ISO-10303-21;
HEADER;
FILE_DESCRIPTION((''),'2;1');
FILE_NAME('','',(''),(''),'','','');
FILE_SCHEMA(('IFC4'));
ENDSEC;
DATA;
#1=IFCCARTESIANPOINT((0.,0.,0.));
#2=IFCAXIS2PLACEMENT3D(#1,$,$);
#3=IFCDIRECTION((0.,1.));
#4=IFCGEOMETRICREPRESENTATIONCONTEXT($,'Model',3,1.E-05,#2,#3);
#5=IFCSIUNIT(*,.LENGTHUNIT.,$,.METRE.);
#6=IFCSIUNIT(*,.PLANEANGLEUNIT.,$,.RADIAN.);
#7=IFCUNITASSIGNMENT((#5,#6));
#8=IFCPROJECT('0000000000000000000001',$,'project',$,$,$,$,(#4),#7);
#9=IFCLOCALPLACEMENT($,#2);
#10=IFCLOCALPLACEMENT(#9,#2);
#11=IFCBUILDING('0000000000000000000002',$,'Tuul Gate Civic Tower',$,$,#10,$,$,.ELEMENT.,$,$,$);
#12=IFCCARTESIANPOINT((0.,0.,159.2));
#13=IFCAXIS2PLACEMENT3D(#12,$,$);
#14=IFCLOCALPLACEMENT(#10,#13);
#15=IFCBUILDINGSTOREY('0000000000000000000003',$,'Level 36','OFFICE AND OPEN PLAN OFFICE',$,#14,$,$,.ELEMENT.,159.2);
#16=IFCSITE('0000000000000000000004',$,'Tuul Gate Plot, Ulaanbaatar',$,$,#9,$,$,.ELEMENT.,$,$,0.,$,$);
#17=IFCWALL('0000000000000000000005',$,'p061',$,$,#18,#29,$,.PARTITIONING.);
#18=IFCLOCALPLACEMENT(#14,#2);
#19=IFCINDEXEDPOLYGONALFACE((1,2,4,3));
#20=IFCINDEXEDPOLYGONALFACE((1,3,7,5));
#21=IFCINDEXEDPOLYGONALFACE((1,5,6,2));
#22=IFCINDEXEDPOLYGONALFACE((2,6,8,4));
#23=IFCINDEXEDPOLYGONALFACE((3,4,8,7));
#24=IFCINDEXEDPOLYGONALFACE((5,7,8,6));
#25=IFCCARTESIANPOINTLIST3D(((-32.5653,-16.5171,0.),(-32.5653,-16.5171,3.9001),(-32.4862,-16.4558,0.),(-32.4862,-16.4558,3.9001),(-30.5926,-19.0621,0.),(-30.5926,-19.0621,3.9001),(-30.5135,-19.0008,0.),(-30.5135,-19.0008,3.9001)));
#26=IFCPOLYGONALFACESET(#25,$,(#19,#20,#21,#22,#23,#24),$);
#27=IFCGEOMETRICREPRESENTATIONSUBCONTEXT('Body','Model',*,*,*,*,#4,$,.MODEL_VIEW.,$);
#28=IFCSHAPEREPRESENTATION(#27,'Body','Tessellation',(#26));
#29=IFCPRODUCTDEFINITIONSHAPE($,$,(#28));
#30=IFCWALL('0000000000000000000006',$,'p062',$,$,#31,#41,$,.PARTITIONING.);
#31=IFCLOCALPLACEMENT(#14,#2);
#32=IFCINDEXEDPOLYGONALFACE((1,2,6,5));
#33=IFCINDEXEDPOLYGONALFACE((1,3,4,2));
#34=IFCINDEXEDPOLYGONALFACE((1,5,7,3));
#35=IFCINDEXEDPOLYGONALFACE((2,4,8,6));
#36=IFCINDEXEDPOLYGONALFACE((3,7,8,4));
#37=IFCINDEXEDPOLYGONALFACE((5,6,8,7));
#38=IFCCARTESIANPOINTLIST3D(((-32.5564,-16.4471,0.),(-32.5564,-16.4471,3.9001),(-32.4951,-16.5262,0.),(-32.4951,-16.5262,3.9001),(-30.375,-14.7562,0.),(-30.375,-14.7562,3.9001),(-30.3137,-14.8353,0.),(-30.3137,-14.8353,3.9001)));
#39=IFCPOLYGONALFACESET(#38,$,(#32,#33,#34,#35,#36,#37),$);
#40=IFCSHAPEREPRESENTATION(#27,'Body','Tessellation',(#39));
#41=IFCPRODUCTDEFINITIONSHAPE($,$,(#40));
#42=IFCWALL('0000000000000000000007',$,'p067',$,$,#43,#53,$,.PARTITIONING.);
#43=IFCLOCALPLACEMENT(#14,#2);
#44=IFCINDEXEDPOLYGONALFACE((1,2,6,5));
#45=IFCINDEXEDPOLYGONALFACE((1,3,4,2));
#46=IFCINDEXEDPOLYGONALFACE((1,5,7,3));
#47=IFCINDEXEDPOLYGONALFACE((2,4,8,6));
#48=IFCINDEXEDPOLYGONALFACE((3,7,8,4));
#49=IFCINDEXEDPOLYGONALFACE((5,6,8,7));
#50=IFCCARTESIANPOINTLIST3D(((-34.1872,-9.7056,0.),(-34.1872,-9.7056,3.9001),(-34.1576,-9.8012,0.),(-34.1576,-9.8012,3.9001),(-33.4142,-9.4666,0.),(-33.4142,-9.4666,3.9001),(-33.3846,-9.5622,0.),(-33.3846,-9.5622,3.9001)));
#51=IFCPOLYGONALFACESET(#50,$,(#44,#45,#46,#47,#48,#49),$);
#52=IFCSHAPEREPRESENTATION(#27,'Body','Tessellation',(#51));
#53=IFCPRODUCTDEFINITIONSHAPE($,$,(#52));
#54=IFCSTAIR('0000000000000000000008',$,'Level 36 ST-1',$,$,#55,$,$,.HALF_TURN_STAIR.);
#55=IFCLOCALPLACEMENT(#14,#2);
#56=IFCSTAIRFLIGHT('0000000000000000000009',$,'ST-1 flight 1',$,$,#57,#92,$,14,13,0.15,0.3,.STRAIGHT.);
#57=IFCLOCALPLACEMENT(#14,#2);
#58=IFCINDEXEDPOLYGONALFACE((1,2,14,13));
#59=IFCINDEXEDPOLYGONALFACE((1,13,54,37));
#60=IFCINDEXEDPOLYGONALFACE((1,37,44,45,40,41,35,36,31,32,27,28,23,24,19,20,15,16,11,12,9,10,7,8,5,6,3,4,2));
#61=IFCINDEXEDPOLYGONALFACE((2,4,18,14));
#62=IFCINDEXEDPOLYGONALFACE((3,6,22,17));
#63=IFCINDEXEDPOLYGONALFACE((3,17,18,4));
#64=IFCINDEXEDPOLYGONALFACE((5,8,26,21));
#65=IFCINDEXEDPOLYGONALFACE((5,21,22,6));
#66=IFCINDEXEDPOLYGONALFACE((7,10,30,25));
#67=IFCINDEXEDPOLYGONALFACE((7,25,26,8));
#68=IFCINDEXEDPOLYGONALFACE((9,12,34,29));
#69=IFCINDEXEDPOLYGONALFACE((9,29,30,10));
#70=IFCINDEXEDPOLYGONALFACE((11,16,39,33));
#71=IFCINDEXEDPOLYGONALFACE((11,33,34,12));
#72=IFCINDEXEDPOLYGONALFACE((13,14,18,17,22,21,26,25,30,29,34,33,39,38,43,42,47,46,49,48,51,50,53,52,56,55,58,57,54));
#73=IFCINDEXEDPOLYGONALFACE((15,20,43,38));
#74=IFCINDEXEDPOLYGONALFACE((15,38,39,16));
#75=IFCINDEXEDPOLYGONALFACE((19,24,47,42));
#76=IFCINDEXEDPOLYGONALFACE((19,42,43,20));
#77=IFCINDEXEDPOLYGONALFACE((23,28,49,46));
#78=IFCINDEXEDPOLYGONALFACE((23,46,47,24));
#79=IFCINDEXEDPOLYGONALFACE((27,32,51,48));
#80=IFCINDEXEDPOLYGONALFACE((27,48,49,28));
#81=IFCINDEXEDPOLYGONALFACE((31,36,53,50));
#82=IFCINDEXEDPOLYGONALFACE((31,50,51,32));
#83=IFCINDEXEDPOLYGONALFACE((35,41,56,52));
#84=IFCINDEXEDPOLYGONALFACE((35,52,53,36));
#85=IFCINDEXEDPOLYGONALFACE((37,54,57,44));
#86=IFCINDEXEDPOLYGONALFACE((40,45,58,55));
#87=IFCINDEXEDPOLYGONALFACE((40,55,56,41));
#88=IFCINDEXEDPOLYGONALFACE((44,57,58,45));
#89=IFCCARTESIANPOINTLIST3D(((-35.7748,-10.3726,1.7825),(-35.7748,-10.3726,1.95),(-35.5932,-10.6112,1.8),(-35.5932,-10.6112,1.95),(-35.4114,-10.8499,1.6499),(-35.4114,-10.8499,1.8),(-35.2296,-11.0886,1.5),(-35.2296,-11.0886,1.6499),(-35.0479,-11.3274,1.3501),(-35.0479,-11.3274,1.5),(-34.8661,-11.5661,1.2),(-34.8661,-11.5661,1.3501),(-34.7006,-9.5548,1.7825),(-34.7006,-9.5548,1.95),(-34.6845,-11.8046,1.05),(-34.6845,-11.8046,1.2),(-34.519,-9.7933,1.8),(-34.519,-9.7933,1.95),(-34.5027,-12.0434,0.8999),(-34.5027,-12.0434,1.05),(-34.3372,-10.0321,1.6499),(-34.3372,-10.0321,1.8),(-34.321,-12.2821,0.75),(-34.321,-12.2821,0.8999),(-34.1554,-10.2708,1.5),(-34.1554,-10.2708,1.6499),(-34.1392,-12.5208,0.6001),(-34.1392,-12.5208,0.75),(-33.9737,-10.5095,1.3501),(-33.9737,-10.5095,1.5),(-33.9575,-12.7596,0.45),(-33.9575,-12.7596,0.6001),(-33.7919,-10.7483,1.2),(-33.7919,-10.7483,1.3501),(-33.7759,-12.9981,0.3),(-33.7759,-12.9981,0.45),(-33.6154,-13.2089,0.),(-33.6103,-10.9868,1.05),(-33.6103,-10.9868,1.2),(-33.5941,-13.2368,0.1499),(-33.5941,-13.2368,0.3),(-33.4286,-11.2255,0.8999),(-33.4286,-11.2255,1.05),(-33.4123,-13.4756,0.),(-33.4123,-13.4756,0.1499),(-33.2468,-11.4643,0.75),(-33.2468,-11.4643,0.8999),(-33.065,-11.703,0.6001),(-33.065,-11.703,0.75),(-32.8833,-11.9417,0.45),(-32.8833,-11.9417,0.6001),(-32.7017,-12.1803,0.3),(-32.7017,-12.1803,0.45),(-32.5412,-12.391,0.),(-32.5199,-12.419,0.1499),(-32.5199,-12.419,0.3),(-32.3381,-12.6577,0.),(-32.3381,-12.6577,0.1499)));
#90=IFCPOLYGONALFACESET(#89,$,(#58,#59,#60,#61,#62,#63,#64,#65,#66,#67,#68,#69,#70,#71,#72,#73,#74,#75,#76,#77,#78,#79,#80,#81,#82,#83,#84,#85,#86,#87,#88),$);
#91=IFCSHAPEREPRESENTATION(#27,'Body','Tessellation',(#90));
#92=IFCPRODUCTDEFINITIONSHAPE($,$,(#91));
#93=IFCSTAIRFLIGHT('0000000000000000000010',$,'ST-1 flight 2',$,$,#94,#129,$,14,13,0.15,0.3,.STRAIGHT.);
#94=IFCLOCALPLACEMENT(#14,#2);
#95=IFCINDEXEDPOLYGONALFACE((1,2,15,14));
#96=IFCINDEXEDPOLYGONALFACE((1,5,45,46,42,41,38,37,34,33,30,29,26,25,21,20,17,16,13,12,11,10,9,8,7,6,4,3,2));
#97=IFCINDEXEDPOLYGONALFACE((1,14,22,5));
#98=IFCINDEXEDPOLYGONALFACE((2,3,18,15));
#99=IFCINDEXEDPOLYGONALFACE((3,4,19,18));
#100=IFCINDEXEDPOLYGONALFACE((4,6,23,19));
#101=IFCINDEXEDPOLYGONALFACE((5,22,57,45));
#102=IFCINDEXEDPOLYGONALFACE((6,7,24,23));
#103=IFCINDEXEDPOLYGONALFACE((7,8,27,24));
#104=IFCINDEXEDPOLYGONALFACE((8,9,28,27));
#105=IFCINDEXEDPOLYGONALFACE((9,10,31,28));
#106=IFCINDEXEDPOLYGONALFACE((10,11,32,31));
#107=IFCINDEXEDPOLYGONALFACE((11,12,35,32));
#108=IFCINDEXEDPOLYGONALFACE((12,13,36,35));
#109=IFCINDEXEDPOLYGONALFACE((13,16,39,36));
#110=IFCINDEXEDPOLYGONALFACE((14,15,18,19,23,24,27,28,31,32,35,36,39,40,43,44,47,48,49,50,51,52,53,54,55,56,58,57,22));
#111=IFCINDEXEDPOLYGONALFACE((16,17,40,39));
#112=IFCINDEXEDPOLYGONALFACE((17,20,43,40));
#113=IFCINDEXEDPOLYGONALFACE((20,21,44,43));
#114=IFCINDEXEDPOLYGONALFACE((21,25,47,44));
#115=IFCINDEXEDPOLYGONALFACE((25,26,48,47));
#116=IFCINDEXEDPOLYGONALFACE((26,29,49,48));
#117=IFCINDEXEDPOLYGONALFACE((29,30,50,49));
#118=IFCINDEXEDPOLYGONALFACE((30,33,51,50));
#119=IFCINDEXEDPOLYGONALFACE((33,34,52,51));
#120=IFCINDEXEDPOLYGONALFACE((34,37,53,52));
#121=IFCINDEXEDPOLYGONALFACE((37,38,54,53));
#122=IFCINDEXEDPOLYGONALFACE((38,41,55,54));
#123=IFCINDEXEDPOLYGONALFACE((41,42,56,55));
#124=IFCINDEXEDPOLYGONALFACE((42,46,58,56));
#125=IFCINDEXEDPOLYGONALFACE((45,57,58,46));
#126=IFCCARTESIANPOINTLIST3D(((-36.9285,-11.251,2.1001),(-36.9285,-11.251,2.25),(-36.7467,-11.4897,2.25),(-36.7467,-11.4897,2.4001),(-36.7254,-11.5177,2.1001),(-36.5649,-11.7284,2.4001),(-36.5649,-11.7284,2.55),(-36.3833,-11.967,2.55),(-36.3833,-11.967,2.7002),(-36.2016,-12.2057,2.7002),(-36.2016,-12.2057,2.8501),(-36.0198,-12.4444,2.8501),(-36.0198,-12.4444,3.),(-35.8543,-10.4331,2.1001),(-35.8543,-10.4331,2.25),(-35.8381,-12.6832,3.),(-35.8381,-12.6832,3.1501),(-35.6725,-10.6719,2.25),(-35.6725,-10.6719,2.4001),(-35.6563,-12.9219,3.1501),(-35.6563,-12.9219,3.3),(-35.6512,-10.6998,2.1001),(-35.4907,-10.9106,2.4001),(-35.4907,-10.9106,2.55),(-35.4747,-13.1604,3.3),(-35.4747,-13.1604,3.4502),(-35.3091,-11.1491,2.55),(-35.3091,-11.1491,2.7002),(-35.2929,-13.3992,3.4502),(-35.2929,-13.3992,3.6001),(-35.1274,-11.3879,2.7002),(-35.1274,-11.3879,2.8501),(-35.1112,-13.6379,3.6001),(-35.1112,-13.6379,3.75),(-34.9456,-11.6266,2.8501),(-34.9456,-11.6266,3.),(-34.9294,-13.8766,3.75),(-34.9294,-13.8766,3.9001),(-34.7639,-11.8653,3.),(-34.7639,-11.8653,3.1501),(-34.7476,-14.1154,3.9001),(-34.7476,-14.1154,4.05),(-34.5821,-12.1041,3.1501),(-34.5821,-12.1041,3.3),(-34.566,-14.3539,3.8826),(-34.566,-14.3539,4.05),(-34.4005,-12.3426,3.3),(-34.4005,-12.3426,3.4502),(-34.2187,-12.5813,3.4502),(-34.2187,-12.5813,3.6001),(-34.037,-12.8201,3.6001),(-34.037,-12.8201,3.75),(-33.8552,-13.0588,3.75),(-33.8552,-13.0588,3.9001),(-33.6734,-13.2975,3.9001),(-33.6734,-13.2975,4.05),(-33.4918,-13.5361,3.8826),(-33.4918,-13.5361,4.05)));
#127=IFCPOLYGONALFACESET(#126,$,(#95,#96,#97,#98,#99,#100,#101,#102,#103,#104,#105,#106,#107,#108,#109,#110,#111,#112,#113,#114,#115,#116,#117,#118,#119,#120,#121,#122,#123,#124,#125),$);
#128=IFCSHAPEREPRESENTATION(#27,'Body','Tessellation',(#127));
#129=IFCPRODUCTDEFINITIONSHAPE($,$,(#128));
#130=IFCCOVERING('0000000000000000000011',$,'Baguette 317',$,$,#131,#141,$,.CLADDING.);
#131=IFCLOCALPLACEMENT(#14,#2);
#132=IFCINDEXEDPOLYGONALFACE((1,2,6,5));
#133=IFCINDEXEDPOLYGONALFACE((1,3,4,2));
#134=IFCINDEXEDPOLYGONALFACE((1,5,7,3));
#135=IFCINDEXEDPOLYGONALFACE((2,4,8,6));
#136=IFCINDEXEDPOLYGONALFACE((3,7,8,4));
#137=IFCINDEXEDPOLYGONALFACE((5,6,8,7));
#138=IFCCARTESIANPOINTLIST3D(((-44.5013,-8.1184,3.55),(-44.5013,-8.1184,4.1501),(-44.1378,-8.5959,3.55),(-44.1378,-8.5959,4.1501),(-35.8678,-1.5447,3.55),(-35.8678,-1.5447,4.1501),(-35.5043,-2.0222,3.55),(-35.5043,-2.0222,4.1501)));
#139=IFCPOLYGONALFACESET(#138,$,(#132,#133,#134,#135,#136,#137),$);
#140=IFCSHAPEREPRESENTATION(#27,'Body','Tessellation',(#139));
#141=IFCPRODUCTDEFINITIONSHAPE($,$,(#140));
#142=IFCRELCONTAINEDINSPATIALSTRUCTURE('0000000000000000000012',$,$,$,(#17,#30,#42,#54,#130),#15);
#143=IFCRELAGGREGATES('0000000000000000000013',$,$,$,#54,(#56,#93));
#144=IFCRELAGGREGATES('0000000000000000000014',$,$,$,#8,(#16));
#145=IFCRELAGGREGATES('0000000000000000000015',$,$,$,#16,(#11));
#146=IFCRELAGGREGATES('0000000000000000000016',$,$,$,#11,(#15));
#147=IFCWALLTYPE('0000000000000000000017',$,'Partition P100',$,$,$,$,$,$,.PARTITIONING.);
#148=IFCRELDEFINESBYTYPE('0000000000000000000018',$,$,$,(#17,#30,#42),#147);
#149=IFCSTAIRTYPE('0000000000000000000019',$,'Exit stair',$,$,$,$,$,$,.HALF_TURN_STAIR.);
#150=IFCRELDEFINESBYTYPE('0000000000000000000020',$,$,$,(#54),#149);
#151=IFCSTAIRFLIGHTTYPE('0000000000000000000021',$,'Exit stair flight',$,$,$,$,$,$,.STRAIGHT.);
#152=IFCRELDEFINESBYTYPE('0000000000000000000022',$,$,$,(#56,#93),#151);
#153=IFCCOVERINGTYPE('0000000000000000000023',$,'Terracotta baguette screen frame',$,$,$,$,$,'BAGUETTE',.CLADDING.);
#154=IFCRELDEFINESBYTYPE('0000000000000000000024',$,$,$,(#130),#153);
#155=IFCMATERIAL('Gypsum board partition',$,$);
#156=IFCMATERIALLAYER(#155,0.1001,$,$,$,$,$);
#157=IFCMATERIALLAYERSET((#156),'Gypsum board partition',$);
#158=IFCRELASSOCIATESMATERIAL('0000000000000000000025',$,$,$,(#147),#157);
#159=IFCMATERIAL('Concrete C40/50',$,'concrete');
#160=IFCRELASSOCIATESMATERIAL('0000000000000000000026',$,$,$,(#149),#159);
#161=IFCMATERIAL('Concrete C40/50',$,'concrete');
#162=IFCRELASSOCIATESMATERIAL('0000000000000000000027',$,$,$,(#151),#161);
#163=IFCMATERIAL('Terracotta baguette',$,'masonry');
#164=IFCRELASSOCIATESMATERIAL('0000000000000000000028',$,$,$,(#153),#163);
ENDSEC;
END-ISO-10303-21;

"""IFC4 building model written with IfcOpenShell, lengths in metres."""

from ifc_helpers import new_model, si_unit, direction, frame, frame_2d, origin, origin_2d, place, context, subcontext, project, spatial, polyline, rectangle, outline, extrude, material, layer, layer_set, material_profile, profile_set, type_object, element, aggregate, save


model = new_model("IFC4")

# Units and contexts
model_context = context("Model", 3, precision=1e-05, world=origin(), true_north=direction((0.0, 1.0)))
body_context = subcontext(model_context, "Body", "Model", "MODEL_VIEW")
ifc_project = project(units=[si_unit("LENGTHUNIT", "METRE"), si_unit("PLANEANGLEUNIT", "RADIAN")], contexts=[model_context])

# Site, building, storey
site_placement = place(None, origin())
site = spatial("IfcSite", under=ifc_project, at=site_placement, Name="Tuul Gate Plot, Ulaanbaatar", CompositionType="ELEMENT", RefElevation=0.0)
building_placement = place(site_placement, origin())
building = spatial("IfcBuilding", under=site, at=building_placement, Name="Tuul Gate Civic Tower", CompositionType="ELEMENT")
storey_placement = place(building_placement, frame((0.0, 0.0, 159.2)))
storey = spatial("IfcBuildingStorey", under=building, at=storey_placement, Name="Level 36", Description="OFFICE AND OPEN PLAN OFFICE", CompositionType="ELEMENT", Elevation=159.2)

# Walls
ifc_material_1 = material(Name="Gypsum board partition")
ifc_layer_1 = layer(ifc_material_1, 0.1001)
ifc_layer_set_1 = layer_set([ifc_layer_1], Name="Gypsum board partition")
wall_type_1 = type_object("IfcWallType", Name="Partition P100", PredefinedType="PARTITIONING", material=ifc_layer_set_1)
wall_1_placement = place(storey_placement, frame((-32.5256, -16.4866, 0.0), z_axis=(0.0, 0.0, 1.0), x_axis=(0.612638, -0.790364, 0.0)))
element("IfcWall", 1, at=wall_1_placement, inside=storey, type_object=wall_type_1, Name="p061", PredefinedType="PARTITIONING", context=body_context, shape_type="SweptSolid", body=[
    extrude(rectangle(XDim=3.22, YDim=0.1001, at=frame_2d((1.6099, 0.0))), origin(), (0.0, 0.0, 1.0), 3.9001),
])
wall_2_placement = place(storey_placement, frame((-32.5256, -16.4866, 0.0), z_axis=(0.0, 0.0, 1.0), x_axis=(0.790356, 0.612648, 0.0)))
element("IfcWall", 2, at=wall_2_placement, inside=storey, type_object=wall_type_1, Name="p062", PredefinedType="PARTITIONING", context=body_context, shape_type="SweptSolid", body=[
    extrude(rectangle(XDim=2.76, YDim=0.1001, at=frame_2d((1.3799, 0.0))), origin(), (0.0, 0.0, 1.0), 3.9001),
])
wall_3_placement = place(storey_placement, frame((-33.3994, -9.5144, 0.0), z_axis=(0.0, 0.0, 1.0), x_axis=(-0.955367, -0.295421, 0.0)))
element("IfcWall", 3, at=wall_3_placement, inside=storey, type_object=wall_type_1, Name="p067", PredefinedType="PARTITIONING", context=body_context, shape_type="SweptSolid", body=[
    extrude(rectangle(XDim=0.8091, YDim=0.1001, at=frame_2d((0.4045, 0.0))), origin(), (0.0, 0.0, 1.0), 3.9001),
])

# Stair, stair flights
ifc_material_2 = material(Name="Concrete C40/50", Category="concrete")
stair_type = type_object("IfcStairType", Name="Exit stair", PredefinedType="HALF_TURN_STAIR", material=ifc_material_2)
stair_placement = place(storey_placement, origin())
stair = element("IfcStair", 4, at=stair_placement, inside=storey, type_object=stair_type, Name="Level 36 ST-1", PredefinedType="HALF_TURN_STAIR")
ifc_material_3 = material(Name="Concrete C40/50", Category="concrete")
stair_flight_type = type_object("IfcStairFlightType", Name="Exit stair flight", PredefinedType="STRAIGHT", material=ifc_material_3)
stair_flight_1_placement = place(storey_placement, frame((-32.8752, -13.0667, 0.0), z_axis=(0.0, 0.0, 1.0), x_axis=(-0.605764, 0.795644, 0.0)))
stair_flight_1 = element("IfcStairFlight", 5, at=stair_flight_1_placement, type_object=stair_flight_type, Name="ST-1 flight 1", NumberOfRisers=14, NumberOfTreads=13, PredefinedType="STRAIGHT", RiserHeight=0.15, TreadLength=0.3, context=body_context, shape_type="SweptSolid", body=[
    extrude(outline(polyline([(0.0, 0.0), (0.0, 0.1499), (0.3, 0.1499), (0.3, 0.3), (0.6001, 0.3), (0.6001, 0.45), (0.8999, 0.45), (0.8999, 0.6001), (1.2, 0.6001), (1.2, 0.75), (1.5, 0.75), (1.5, 0.8999), (1.8, 0.8999), (1.8, 1.05), (2.1001, 1.05), (2.1001, 1.2), (2.3999, 1.2), (2.3999, 1.3501), (2.7, 1.3501), (2.7, 1.5), (3.0, 1.5), (3.0, 1.6499), (3.3, 1.6499), (3.3, 1.8), (3.6001, 1.8), (3.6001, 1.95), (3.8999, 1.95), (3.8999, 2.1001), (3.8999, 1.7825), (0.3352, 0.0), (0.0, 0.0)])), frame((0.0, 0.675, 0.0), z_axis=(0.0, -1.0, 0.0), x_axis=(1.0, 0.0, 0.0)), (0.0, 0.0, 1.0), 1.3501),
])
stair_flight_2_placement = place(storey_placement, frame((-36.3914, -10.842, 2.1001), z_axis=(0.0, 0.0, 1.0), x_axis=(0.605764, -0.795644, 0.0)))
stair_flight_2 = element("IfcStairFlight", 6, at=stair_flight_2_placement, type_object=stair_flight_type, Name="ST-1 flight 2", NumberOfRisers=14, NumberOfTreads=13, PredefinedType="STRAIGHT", RiserHeight=0.15, TreadLength=0.3, context=body_context, shape_type="SweptSolid", body=[
    extrude(outline(polyline([(0.0, 0.0), (0.0, 0.1499), (0.3, 0.1499), (0.3, 0.3), (0.6001, 0.3), (0.6001, 0.45), (0.8999, 0.45), (0.8999, 0.6001), (1.2, 0.6001), (1.2, 0.75), (1.5, 0.75), (1.5, 0.8999), (1.8, 0.8999), (1.8, 1.05), (2.1001, 1.05), (2.1001, 1.2), (2.3999, 1.2), (2.3999, 1.3501), (2.7, 1.3501), (2.7, 1.5), (3.0, 1.5), (3.0, 1.6499), (3.3, 1.6499), (3.3, 1.8), (3.6001, 1.8), (3.6001, 1.95), (3.8999, 1.95), (3.8999, 2.1001), (3.8999, 1.7825), (0.3352, 0.0), (0.0, 0.0)])), frame((0.0, 0.675, 0.0), z_axis=(0.0, -1.0, 0.0), x_axis=(1.0, 0.0, 0.0)), (0.0, 0.0, 1.0), 1.3501),
])
aggregate(stair, [stair_flight_1, stair_flight_2])

# Covering
ifc_material_4 = material(Name="Terracotta baguette", Category="masonry")
ifc_material_profile_1 = material_profile(ifc_material_4, rectangle(XDim=0.6001, YDim=0.6001, at=origin_2d()), Name="Terracotta baguette screen frame")
ifc_profile_set_1 = profile_set([ifc_material_profile_1], Name="Terracotta baguette")
covering_type = type_object("IfcCoveringType", Name="Terracotta baguette screen frame", ElementType="BAGUETTE", PredefinedType="CLADDING", material=ifc_profile_set_1)
covering_placement = place(storey_placement, frame((-35.686, -1.7834, 3.8501), z_axis=(-0.795619, -0.605798, 0.0), x_axis=(0.605798, -0.795619, 0.0)))
element("IfcCovering", 7, at=covering_placement, inside=storey, type_object=covering_type, Name="Baguette 317", PredefinedType="CLADDING", context=body_context, shape_type="SweptSolid", body=[
    extrude(rectangle(XDim=0.6001, YDim=0.6001, at=origin_2d()), origin(), (0.0, 0.0, 1.0), 10.8513),
])

save(model, "model.ifc")
